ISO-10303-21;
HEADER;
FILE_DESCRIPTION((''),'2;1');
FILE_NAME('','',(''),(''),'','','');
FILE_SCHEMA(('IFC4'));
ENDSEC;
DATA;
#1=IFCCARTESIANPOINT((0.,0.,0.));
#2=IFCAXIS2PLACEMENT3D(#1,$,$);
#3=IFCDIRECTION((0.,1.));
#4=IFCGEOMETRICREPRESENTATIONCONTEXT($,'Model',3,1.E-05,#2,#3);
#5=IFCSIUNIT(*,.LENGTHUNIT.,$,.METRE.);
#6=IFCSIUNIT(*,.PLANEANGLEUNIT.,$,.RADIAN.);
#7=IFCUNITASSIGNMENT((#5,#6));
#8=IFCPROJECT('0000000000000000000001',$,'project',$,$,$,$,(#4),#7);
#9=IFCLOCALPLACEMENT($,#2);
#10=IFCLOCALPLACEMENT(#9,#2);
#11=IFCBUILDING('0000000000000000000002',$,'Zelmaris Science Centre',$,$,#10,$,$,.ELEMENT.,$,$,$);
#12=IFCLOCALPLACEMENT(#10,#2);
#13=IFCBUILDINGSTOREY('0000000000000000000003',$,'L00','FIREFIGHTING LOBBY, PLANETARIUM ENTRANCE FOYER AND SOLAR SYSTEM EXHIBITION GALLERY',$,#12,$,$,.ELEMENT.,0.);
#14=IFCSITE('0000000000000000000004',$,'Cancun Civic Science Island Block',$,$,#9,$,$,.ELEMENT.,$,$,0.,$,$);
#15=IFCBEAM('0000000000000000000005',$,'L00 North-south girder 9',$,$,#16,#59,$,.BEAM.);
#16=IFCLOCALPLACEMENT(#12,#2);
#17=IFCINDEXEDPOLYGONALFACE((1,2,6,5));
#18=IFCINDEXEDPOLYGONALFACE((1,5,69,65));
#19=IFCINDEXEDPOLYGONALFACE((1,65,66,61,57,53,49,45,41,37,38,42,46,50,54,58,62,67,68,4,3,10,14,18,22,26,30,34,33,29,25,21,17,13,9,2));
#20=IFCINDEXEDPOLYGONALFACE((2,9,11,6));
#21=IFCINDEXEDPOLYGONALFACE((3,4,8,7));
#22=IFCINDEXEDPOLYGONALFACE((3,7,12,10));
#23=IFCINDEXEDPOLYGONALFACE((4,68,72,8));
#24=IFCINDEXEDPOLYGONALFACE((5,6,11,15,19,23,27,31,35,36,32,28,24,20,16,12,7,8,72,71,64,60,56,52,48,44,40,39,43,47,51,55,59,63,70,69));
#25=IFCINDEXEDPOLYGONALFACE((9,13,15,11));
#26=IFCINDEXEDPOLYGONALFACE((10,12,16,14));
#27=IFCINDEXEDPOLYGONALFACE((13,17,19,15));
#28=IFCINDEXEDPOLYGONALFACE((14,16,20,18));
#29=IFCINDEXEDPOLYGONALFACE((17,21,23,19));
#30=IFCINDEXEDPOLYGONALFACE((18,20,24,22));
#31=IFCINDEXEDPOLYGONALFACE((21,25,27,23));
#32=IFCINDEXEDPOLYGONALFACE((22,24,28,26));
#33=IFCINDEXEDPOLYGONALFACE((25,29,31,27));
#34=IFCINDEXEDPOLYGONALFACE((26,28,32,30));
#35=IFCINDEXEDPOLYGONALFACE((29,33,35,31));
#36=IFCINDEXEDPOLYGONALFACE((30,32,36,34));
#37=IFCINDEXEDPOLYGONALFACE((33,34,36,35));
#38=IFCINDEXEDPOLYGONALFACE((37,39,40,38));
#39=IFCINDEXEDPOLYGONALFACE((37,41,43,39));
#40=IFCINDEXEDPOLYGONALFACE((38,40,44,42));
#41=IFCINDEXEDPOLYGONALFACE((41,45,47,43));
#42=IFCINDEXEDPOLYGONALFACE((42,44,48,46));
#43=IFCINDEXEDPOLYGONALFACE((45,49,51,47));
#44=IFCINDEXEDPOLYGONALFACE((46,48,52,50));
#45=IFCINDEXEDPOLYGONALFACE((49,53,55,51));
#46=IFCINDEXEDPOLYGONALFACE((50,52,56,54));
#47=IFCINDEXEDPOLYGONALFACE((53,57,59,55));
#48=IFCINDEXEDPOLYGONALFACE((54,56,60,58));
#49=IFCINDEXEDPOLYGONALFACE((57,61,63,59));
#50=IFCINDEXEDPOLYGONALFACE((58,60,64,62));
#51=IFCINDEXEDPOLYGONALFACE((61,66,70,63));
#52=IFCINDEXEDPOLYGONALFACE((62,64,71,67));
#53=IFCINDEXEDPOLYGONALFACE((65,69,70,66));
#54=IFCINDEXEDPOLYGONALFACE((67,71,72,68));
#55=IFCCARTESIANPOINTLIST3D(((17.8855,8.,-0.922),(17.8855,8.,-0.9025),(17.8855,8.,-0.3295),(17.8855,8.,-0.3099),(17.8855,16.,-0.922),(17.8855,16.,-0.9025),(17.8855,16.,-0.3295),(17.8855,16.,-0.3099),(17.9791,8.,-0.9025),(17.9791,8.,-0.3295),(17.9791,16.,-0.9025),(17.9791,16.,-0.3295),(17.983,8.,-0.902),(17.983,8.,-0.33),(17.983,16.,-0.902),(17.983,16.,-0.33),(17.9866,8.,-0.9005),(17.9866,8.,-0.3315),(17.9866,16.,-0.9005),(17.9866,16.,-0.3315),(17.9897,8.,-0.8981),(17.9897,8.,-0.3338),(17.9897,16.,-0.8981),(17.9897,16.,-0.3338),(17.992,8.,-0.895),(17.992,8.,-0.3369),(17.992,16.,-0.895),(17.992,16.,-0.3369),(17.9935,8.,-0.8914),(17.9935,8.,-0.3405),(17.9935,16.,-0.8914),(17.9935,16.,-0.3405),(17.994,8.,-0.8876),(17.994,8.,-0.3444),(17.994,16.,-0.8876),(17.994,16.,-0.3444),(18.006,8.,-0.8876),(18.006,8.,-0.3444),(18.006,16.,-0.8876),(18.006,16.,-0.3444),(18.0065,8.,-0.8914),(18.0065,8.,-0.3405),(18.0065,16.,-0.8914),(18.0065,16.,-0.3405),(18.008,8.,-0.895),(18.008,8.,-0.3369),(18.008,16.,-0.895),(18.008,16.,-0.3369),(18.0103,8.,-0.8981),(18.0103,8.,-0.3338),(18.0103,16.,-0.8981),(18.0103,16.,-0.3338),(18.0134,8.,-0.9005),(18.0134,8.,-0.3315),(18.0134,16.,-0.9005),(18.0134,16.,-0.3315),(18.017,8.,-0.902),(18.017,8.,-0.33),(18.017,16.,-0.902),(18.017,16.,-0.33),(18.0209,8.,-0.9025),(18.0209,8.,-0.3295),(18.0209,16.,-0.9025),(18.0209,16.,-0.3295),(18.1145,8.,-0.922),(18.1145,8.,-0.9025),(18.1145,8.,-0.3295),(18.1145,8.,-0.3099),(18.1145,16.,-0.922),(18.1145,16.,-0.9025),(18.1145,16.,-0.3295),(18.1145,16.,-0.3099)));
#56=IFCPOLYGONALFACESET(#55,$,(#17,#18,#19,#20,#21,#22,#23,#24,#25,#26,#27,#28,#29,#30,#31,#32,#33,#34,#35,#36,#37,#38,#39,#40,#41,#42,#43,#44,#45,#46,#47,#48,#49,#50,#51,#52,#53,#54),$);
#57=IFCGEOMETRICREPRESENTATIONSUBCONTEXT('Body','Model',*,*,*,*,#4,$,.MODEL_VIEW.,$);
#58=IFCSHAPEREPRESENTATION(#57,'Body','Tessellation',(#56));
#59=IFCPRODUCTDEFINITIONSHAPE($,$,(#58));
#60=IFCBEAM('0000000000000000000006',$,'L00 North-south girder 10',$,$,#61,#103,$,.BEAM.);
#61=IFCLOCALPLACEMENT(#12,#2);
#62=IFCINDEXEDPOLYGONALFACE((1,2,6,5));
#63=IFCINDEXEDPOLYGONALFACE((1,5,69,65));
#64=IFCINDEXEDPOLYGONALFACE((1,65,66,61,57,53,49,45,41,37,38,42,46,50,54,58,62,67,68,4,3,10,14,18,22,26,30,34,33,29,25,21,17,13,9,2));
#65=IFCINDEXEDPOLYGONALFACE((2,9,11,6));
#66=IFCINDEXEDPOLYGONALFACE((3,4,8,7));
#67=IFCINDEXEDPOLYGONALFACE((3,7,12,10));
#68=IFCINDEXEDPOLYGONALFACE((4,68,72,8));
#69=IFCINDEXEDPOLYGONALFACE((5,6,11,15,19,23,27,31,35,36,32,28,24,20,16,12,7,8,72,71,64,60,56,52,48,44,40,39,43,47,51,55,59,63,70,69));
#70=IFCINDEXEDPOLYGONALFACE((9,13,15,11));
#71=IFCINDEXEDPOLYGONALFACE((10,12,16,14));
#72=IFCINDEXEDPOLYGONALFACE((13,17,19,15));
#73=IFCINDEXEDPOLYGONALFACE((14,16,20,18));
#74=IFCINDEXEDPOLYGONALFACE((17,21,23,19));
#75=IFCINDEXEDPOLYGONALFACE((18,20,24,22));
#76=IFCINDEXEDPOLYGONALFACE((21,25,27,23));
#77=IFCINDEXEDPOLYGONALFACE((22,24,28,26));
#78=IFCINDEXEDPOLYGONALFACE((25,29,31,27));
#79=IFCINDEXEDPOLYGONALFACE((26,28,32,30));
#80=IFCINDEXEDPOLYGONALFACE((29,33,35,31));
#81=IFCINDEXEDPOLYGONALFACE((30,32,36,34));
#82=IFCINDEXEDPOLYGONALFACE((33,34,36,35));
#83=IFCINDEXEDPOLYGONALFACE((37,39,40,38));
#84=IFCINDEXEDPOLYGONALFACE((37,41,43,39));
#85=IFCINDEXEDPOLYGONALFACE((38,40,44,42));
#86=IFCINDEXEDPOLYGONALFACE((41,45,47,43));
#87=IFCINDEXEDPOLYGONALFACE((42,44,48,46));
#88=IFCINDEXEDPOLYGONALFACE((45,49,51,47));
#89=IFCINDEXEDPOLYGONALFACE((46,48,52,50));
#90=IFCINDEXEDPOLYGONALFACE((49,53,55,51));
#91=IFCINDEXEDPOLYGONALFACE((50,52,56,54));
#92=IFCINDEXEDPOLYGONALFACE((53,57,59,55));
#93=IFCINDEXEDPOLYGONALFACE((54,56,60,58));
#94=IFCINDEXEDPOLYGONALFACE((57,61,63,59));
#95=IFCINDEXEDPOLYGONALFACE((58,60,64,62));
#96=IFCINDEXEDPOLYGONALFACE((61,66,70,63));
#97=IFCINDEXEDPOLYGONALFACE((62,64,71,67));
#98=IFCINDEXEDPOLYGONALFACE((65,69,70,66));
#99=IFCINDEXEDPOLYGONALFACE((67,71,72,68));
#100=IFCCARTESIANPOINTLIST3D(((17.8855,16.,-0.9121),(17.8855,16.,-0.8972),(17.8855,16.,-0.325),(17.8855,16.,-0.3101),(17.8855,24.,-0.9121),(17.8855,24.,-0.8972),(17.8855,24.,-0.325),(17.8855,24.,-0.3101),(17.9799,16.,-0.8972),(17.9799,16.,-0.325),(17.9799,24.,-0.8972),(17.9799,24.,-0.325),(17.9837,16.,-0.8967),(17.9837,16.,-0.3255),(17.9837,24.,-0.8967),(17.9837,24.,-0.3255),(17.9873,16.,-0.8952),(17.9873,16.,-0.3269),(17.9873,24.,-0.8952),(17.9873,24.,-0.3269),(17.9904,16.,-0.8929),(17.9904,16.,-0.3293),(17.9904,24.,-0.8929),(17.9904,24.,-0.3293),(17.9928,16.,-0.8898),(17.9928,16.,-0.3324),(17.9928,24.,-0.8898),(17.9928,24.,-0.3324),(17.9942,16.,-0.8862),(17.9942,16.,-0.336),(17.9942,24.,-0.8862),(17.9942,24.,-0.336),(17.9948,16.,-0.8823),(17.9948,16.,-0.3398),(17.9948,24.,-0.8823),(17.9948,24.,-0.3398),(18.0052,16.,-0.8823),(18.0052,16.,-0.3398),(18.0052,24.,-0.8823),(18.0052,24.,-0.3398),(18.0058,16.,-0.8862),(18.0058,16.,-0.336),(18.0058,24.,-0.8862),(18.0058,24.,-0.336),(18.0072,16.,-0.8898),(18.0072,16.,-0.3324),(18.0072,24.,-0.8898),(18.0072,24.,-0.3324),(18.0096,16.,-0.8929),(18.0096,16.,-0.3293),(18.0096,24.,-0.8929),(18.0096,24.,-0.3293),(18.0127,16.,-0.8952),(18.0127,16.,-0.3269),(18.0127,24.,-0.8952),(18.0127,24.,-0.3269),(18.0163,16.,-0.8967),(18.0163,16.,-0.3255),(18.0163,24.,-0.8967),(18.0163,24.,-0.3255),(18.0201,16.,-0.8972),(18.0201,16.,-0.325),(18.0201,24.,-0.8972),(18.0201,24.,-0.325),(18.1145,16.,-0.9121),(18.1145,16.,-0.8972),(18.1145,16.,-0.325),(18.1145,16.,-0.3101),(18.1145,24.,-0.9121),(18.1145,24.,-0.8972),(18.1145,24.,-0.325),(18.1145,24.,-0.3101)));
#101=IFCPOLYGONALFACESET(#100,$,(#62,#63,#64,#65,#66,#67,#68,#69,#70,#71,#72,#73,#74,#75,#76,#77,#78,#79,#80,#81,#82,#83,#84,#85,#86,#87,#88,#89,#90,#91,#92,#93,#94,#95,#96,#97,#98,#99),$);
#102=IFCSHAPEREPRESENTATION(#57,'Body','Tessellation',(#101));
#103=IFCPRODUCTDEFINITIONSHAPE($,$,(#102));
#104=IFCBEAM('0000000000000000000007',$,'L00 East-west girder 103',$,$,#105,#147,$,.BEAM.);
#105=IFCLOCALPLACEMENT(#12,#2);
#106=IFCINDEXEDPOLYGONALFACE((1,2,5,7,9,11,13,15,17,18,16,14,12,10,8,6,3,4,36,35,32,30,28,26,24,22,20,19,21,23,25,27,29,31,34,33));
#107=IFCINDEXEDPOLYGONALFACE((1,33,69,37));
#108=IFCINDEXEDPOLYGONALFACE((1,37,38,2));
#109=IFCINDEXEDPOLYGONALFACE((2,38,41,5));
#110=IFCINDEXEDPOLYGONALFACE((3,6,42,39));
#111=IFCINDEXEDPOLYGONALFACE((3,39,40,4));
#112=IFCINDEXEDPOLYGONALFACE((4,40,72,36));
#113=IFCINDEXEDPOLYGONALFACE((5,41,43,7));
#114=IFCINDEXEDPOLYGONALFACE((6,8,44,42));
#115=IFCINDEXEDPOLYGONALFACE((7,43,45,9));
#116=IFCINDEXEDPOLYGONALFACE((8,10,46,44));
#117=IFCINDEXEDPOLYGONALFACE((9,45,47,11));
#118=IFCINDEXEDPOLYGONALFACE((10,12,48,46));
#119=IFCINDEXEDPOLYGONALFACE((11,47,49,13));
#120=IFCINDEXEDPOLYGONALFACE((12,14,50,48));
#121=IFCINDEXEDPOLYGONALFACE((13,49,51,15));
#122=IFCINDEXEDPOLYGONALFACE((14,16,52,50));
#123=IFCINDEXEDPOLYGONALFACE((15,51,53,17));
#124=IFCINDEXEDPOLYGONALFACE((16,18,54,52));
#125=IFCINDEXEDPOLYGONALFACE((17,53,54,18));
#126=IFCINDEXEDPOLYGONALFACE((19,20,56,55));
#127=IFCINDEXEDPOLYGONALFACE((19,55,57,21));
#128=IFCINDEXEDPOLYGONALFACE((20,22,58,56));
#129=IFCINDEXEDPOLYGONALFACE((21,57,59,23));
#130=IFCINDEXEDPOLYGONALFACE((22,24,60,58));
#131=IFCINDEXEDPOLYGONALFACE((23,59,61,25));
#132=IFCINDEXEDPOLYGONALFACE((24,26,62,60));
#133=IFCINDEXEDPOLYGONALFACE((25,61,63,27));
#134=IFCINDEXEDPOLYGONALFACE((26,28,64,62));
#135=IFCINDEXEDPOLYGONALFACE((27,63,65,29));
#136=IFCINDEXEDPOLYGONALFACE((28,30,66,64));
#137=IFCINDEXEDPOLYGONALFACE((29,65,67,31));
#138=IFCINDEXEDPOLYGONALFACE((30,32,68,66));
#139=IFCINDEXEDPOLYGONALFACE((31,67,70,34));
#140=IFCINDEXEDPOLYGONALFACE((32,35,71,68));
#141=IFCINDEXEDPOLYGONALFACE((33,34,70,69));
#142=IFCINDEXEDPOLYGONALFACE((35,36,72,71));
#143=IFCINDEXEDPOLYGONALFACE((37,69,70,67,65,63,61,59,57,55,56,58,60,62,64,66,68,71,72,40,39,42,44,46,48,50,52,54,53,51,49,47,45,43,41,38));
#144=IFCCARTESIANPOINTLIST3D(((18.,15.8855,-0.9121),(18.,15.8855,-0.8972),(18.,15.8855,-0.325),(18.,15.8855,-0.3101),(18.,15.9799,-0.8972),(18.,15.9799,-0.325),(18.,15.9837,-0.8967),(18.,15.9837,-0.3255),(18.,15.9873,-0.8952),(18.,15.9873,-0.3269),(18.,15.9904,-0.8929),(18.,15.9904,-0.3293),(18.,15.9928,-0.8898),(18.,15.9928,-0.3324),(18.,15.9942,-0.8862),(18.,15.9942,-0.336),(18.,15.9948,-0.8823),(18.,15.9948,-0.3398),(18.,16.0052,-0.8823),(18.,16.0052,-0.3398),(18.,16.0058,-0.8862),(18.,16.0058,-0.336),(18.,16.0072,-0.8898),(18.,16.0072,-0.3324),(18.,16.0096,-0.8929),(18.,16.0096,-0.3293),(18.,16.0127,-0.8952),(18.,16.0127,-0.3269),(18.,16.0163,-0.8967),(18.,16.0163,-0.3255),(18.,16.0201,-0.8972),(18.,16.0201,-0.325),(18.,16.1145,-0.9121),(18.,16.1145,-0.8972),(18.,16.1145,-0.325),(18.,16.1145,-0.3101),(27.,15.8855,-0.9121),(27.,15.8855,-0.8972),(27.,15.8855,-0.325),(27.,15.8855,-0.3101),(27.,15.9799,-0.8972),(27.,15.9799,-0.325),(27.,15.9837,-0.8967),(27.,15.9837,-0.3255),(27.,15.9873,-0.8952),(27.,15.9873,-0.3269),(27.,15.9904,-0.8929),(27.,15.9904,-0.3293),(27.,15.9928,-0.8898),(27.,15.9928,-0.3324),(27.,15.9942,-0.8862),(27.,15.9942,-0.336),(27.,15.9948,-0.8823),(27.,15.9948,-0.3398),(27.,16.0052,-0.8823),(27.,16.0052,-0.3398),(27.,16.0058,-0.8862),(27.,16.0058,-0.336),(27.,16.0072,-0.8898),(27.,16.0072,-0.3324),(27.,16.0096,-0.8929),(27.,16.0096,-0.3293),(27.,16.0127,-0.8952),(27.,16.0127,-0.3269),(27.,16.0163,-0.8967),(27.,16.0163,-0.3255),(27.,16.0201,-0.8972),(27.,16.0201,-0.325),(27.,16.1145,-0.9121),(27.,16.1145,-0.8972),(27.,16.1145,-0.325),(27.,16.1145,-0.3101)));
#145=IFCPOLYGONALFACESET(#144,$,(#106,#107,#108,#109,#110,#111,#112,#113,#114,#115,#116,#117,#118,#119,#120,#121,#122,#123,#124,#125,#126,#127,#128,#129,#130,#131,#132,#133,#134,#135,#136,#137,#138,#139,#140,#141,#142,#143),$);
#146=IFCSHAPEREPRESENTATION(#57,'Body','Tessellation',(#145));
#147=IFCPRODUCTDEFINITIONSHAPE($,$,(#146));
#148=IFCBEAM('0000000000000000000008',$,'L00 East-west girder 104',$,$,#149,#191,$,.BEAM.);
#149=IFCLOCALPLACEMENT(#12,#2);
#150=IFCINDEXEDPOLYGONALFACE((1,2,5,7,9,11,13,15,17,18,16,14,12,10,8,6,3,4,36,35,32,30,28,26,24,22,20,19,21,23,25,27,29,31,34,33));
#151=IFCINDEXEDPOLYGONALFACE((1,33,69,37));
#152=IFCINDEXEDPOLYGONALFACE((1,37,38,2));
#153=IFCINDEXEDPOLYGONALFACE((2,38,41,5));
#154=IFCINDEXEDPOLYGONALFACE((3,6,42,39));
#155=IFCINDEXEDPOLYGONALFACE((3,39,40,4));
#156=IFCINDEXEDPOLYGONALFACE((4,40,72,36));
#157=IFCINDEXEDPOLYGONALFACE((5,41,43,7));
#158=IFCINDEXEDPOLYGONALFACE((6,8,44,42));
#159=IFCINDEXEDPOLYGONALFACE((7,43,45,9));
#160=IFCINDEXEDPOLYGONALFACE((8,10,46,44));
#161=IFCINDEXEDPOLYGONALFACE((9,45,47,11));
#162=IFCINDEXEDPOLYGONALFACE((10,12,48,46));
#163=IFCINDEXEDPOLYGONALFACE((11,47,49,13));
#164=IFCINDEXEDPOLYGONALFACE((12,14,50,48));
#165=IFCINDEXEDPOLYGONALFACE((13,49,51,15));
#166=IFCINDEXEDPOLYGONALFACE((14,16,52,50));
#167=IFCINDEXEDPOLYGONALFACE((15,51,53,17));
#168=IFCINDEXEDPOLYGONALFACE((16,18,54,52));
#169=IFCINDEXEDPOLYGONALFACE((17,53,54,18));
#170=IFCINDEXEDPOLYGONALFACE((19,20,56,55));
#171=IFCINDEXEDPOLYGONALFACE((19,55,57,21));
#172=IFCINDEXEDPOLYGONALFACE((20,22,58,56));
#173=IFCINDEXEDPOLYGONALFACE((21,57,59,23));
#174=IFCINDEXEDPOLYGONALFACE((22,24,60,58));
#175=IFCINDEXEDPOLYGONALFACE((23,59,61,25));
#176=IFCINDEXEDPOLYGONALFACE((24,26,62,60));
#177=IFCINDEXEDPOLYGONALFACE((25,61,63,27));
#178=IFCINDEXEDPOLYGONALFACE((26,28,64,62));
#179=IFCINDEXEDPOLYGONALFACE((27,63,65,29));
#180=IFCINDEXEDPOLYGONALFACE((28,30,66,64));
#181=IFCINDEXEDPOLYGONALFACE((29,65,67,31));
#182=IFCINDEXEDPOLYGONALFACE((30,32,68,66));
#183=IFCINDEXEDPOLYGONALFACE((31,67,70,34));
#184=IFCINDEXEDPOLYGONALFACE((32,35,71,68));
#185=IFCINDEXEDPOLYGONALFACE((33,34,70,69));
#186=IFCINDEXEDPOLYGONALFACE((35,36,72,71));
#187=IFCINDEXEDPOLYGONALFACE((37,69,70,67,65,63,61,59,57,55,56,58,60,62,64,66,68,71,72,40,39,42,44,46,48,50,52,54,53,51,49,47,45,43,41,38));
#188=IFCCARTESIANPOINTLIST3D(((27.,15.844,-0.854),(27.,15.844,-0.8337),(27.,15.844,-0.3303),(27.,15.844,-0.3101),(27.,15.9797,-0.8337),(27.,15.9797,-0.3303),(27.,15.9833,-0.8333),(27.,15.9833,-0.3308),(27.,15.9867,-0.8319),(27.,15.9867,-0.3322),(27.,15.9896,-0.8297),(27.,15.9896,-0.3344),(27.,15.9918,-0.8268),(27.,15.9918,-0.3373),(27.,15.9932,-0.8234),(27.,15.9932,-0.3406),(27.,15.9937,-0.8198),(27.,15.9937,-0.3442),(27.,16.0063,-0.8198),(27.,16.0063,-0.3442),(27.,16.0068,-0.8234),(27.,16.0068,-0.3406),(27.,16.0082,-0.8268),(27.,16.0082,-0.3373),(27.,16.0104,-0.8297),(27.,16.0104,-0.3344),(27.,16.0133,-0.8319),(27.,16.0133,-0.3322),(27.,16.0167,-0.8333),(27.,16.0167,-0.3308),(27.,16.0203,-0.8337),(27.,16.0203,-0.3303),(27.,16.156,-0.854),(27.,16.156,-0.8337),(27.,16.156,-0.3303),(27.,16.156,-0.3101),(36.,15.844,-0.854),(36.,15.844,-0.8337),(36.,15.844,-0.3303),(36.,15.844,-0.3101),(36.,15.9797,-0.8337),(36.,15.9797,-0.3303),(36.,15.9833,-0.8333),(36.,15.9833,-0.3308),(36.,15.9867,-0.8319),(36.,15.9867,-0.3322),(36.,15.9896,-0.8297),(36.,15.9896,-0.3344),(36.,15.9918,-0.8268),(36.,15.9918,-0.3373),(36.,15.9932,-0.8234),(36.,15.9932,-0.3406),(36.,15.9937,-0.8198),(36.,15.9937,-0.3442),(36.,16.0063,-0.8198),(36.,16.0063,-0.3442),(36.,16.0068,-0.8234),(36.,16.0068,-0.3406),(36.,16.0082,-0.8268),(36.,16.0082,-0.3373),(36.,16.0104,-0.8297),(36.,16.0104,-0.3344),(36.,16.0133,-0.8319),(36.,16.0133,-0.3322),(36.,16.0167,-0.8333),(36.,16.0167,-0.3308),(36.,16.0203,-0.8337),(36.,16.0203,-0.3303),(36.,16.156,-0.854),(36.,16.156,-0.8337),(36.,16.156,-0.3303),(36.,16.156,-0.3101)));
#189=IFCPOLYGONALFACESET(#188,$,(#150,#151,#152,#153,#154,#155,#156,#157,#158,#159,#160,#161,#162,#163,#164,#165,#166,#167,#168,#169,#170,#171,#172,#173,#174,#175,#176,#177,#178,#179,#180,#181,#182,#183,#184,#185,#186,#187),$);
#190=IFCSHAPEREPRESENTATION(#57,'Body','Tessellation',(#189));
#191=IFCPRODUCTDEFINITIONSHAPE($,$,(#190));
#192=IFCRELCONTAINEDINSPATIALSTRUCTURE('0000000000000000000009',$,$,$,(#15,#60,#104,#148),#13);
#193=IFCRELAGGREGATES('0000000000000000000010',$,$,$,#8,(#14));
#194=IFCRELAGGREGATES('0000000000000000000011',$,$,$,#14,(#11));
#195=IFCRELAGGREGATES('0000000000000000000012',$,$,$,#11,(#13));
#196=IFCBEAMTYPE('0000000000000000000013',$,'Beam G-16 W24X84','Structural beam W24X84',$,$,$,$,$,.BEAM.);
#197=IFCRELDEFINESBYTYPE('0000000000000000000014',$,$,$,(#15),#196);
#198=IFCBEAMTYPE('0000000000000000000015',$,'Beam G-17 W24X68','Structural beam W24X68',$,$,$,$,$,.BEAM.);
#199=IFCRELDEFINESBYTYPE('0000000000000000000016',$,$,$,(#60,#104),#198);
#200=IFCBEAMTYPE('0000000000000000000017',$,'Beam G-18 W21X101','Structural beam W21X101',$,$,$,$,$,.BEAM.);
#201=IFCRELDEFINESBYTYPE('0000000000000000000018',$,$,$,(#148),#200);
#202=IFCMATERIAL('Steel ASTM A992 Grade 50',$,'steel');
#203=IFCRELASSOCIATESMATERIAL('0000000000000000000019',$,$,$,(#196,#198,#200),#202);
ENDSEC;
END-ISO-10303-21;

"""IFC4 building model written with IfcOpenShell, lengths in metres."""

from ifc_helpers import new_model, si_unit, direction, frame, origin, origin_2d, place, context, subcontext, project, spatial, i_section, extrude, material, material_profile, profile_set, type_object, element, save


model = new_model("IFC4")

# Units and contexts
model_context = context("Model", 3, precision=1e-05, world=origin(), true_north=direction((0.0, 1.0)))
body_context = subcontext(model_context, "Body", "Model", "MODEL_VIEW")
ifc_project = project(units=[si_unit("LENGTHUNIT", "METRE"), si_unit("PLANEANGLEUNIT", "RADIAN")], contexts=[model_context])

# Site, building, storey
site_placement = place(None, origin())
site = spatial("IfcSite", under=ifc_project, at=site_placement, Name="Cancun Civic Science Island Block", CompositionType="ELEMENT", RefElevation=0.0)
building_placement = place(site_placement, origin())
building = spatial("IfcBuilding", under=site, at=building_placement, Name="Zelmaris Science Centre", CompositionType="ELEMENT")
storey_placement = place(building_placement, origin())
storey = spatial("IfcBuildingStorey", under=building, at=storey_placement, Name="L00", Description="FIREFIGHTING LOBBY, PLANETARIUM ENTRANCE FOYER AND SOLAR SYSTEM EXHIBITION GALLERY", CompositionType="ELEMENT", Elevation=0.0)

# Shared definitions
ifc_material_1 = material(Name="Steel ASTM A992 Grade 50", Category="steel")

# Beams
ifc_material_profile_1 = material_profile(ifc_material_1, i_section(OverallWidth=0.229, OverallDepth=0.6121, WebThickness=0.012, FlangeThickness=0.0195, FilletRadius=0.0149, at=origin_2d()), Name="W24X84")
ifc_profile_set_1 = profile_set([ifc_material_profile_1], Name="Steel ASTM A992 Grade 50")
beam_type_1 = type_object("IfcBeamType", Name="Beam G-16 W24X84", Description="Structural beam W24X84", PredefinedType="BEAM", material=ifc_profile_set_1)
beam_1_placement = place(storey_placement, frame((18.0, 8.0, -0.616), z_axis=(0.0, 1.0, 0.0), x_axis=(-1.0, 0.0, 0.0)))
element("IfcBeam", 1, at=beam_1_placement, inside=storey, type_object=beam_type_1, Name="L00 North-south girder 9", PredefinedType="BEAM", context=body_context, shape_type="SweptSolid", body=[
    extrude(i_section(OverallWidth=0.229, OverallDepth=0.6121, WebThickness=0.012, FlangeThickness=0.0195, FilletRadius=0.0149, at=origin_2d()), origin(), (0.0, 0.0, 1.0), 8.0),
])
ifc_material_profile_2 = material_profile(ifc_material_1, i_section(OverallWidth=0.229, OverallDepth=0.6021, WebThickness=0.0105, FlangeThickness=0.0149, FilletRadius=0.0149, at=origin_2d()), Name="W24X68")
ifc_profile_set_2 = profile_set([ifc_material_profile_2], Name="Steel ASTM A992 Grade 50")
beam_type_2 = type_object("IfcBeamType", Name="Beam G-17 W24X68", Description="Structural beam W24X68", PredefinedType="BEAM", material=ifc_profile_set_2)
beam_2_placement = place(storey_placement, frame((18.0, 16.0, -0.6111), z_axis=(0.0, 1.0, 0.0), x_axis=(-1.0, 0.0, 0.0)))
element("IfcBeam", 2, at=beam_2_placement, inside=storey, type_object=beam_type_2, Name="L00 North-south girder 10", PredefinedType="BEAM", context=body_context, shape_type="SweptSolid", body=[
    extrude(i_section(OverallWidth=0.229, OverallDepth=0.6021, WebThickness=0.0105, FlangeThickness=0.0149, FilletRadius=0.0149, at=origin_2d()), origin(), (0.0, 0.0, 1.0), 8.0),
])
beam_3_placement = place(storey_placement, frame((18.0, 16.0, -0.6111), z_axis=(1.0, 0.0, 0.0), x_axis=(0.0, 1.0, 0.0)))
element("IfcBeam", 3, at=beam_3_placement, inside=storey, type_object=beam_type_2, Name="L00 East-west girder 103", PredefinedType="BEAM", context=body_context, shape_type="SweptSolid", body=[
    extrude(i_section(OverallWidth=0.229, OverallDepth=0.6021, WebThickness=0.0105, FlangeThickness=0.0149, FilletRadius=0.0149, at=origin_2d()), origin(), (0.0, 0.0, 1.0), 9.0),
])
ifc_material_profile_3 = material_profile(ifc_material_1, i_section(OverallWidth=0.312, OverallDepth=0.5439, WebThickness=0.0127, FlangeThickness=0.0203, FilletRadius=0.0139, at=origin_2d()), Name="W21X101")
ifc_profile_set_3 = profile_set([ifc_material_profile_3], Name="Steel ASTM A992 Grade 50")
beam_type_3 = type_object("IfcBeamType", Name="Beam G-18 W21X101", Description="Structural beam W21X101", PredefinedType="BEAM", material=ifc_profile_set_3)
beam_4_placement = place(storey_placement, frame((27.0, 16.0, -0.582), z_axis=(1.0, 0.0, 0.0), x_axis=(0.0, 1.0, 0.0)))
element("IfcBeam", 4, at=beam_4_placement, inside=storey, type_object=beam_type_3, Name="L00 East-west girder 104", PredefinedType="BEAM", context=body_context, shape_type="SweptSolid", body=[
    extrude(i_section(OverallWidth=0.312, OverallDepth=0.5439, WebThickness=0.0127, FlangeThickness=0.0203, FilletRadius=0.0139, at=origin_2d()), origin(), (0.0, 0.0, 1.0), 9.0),
])

save(model, "model.ifc")
